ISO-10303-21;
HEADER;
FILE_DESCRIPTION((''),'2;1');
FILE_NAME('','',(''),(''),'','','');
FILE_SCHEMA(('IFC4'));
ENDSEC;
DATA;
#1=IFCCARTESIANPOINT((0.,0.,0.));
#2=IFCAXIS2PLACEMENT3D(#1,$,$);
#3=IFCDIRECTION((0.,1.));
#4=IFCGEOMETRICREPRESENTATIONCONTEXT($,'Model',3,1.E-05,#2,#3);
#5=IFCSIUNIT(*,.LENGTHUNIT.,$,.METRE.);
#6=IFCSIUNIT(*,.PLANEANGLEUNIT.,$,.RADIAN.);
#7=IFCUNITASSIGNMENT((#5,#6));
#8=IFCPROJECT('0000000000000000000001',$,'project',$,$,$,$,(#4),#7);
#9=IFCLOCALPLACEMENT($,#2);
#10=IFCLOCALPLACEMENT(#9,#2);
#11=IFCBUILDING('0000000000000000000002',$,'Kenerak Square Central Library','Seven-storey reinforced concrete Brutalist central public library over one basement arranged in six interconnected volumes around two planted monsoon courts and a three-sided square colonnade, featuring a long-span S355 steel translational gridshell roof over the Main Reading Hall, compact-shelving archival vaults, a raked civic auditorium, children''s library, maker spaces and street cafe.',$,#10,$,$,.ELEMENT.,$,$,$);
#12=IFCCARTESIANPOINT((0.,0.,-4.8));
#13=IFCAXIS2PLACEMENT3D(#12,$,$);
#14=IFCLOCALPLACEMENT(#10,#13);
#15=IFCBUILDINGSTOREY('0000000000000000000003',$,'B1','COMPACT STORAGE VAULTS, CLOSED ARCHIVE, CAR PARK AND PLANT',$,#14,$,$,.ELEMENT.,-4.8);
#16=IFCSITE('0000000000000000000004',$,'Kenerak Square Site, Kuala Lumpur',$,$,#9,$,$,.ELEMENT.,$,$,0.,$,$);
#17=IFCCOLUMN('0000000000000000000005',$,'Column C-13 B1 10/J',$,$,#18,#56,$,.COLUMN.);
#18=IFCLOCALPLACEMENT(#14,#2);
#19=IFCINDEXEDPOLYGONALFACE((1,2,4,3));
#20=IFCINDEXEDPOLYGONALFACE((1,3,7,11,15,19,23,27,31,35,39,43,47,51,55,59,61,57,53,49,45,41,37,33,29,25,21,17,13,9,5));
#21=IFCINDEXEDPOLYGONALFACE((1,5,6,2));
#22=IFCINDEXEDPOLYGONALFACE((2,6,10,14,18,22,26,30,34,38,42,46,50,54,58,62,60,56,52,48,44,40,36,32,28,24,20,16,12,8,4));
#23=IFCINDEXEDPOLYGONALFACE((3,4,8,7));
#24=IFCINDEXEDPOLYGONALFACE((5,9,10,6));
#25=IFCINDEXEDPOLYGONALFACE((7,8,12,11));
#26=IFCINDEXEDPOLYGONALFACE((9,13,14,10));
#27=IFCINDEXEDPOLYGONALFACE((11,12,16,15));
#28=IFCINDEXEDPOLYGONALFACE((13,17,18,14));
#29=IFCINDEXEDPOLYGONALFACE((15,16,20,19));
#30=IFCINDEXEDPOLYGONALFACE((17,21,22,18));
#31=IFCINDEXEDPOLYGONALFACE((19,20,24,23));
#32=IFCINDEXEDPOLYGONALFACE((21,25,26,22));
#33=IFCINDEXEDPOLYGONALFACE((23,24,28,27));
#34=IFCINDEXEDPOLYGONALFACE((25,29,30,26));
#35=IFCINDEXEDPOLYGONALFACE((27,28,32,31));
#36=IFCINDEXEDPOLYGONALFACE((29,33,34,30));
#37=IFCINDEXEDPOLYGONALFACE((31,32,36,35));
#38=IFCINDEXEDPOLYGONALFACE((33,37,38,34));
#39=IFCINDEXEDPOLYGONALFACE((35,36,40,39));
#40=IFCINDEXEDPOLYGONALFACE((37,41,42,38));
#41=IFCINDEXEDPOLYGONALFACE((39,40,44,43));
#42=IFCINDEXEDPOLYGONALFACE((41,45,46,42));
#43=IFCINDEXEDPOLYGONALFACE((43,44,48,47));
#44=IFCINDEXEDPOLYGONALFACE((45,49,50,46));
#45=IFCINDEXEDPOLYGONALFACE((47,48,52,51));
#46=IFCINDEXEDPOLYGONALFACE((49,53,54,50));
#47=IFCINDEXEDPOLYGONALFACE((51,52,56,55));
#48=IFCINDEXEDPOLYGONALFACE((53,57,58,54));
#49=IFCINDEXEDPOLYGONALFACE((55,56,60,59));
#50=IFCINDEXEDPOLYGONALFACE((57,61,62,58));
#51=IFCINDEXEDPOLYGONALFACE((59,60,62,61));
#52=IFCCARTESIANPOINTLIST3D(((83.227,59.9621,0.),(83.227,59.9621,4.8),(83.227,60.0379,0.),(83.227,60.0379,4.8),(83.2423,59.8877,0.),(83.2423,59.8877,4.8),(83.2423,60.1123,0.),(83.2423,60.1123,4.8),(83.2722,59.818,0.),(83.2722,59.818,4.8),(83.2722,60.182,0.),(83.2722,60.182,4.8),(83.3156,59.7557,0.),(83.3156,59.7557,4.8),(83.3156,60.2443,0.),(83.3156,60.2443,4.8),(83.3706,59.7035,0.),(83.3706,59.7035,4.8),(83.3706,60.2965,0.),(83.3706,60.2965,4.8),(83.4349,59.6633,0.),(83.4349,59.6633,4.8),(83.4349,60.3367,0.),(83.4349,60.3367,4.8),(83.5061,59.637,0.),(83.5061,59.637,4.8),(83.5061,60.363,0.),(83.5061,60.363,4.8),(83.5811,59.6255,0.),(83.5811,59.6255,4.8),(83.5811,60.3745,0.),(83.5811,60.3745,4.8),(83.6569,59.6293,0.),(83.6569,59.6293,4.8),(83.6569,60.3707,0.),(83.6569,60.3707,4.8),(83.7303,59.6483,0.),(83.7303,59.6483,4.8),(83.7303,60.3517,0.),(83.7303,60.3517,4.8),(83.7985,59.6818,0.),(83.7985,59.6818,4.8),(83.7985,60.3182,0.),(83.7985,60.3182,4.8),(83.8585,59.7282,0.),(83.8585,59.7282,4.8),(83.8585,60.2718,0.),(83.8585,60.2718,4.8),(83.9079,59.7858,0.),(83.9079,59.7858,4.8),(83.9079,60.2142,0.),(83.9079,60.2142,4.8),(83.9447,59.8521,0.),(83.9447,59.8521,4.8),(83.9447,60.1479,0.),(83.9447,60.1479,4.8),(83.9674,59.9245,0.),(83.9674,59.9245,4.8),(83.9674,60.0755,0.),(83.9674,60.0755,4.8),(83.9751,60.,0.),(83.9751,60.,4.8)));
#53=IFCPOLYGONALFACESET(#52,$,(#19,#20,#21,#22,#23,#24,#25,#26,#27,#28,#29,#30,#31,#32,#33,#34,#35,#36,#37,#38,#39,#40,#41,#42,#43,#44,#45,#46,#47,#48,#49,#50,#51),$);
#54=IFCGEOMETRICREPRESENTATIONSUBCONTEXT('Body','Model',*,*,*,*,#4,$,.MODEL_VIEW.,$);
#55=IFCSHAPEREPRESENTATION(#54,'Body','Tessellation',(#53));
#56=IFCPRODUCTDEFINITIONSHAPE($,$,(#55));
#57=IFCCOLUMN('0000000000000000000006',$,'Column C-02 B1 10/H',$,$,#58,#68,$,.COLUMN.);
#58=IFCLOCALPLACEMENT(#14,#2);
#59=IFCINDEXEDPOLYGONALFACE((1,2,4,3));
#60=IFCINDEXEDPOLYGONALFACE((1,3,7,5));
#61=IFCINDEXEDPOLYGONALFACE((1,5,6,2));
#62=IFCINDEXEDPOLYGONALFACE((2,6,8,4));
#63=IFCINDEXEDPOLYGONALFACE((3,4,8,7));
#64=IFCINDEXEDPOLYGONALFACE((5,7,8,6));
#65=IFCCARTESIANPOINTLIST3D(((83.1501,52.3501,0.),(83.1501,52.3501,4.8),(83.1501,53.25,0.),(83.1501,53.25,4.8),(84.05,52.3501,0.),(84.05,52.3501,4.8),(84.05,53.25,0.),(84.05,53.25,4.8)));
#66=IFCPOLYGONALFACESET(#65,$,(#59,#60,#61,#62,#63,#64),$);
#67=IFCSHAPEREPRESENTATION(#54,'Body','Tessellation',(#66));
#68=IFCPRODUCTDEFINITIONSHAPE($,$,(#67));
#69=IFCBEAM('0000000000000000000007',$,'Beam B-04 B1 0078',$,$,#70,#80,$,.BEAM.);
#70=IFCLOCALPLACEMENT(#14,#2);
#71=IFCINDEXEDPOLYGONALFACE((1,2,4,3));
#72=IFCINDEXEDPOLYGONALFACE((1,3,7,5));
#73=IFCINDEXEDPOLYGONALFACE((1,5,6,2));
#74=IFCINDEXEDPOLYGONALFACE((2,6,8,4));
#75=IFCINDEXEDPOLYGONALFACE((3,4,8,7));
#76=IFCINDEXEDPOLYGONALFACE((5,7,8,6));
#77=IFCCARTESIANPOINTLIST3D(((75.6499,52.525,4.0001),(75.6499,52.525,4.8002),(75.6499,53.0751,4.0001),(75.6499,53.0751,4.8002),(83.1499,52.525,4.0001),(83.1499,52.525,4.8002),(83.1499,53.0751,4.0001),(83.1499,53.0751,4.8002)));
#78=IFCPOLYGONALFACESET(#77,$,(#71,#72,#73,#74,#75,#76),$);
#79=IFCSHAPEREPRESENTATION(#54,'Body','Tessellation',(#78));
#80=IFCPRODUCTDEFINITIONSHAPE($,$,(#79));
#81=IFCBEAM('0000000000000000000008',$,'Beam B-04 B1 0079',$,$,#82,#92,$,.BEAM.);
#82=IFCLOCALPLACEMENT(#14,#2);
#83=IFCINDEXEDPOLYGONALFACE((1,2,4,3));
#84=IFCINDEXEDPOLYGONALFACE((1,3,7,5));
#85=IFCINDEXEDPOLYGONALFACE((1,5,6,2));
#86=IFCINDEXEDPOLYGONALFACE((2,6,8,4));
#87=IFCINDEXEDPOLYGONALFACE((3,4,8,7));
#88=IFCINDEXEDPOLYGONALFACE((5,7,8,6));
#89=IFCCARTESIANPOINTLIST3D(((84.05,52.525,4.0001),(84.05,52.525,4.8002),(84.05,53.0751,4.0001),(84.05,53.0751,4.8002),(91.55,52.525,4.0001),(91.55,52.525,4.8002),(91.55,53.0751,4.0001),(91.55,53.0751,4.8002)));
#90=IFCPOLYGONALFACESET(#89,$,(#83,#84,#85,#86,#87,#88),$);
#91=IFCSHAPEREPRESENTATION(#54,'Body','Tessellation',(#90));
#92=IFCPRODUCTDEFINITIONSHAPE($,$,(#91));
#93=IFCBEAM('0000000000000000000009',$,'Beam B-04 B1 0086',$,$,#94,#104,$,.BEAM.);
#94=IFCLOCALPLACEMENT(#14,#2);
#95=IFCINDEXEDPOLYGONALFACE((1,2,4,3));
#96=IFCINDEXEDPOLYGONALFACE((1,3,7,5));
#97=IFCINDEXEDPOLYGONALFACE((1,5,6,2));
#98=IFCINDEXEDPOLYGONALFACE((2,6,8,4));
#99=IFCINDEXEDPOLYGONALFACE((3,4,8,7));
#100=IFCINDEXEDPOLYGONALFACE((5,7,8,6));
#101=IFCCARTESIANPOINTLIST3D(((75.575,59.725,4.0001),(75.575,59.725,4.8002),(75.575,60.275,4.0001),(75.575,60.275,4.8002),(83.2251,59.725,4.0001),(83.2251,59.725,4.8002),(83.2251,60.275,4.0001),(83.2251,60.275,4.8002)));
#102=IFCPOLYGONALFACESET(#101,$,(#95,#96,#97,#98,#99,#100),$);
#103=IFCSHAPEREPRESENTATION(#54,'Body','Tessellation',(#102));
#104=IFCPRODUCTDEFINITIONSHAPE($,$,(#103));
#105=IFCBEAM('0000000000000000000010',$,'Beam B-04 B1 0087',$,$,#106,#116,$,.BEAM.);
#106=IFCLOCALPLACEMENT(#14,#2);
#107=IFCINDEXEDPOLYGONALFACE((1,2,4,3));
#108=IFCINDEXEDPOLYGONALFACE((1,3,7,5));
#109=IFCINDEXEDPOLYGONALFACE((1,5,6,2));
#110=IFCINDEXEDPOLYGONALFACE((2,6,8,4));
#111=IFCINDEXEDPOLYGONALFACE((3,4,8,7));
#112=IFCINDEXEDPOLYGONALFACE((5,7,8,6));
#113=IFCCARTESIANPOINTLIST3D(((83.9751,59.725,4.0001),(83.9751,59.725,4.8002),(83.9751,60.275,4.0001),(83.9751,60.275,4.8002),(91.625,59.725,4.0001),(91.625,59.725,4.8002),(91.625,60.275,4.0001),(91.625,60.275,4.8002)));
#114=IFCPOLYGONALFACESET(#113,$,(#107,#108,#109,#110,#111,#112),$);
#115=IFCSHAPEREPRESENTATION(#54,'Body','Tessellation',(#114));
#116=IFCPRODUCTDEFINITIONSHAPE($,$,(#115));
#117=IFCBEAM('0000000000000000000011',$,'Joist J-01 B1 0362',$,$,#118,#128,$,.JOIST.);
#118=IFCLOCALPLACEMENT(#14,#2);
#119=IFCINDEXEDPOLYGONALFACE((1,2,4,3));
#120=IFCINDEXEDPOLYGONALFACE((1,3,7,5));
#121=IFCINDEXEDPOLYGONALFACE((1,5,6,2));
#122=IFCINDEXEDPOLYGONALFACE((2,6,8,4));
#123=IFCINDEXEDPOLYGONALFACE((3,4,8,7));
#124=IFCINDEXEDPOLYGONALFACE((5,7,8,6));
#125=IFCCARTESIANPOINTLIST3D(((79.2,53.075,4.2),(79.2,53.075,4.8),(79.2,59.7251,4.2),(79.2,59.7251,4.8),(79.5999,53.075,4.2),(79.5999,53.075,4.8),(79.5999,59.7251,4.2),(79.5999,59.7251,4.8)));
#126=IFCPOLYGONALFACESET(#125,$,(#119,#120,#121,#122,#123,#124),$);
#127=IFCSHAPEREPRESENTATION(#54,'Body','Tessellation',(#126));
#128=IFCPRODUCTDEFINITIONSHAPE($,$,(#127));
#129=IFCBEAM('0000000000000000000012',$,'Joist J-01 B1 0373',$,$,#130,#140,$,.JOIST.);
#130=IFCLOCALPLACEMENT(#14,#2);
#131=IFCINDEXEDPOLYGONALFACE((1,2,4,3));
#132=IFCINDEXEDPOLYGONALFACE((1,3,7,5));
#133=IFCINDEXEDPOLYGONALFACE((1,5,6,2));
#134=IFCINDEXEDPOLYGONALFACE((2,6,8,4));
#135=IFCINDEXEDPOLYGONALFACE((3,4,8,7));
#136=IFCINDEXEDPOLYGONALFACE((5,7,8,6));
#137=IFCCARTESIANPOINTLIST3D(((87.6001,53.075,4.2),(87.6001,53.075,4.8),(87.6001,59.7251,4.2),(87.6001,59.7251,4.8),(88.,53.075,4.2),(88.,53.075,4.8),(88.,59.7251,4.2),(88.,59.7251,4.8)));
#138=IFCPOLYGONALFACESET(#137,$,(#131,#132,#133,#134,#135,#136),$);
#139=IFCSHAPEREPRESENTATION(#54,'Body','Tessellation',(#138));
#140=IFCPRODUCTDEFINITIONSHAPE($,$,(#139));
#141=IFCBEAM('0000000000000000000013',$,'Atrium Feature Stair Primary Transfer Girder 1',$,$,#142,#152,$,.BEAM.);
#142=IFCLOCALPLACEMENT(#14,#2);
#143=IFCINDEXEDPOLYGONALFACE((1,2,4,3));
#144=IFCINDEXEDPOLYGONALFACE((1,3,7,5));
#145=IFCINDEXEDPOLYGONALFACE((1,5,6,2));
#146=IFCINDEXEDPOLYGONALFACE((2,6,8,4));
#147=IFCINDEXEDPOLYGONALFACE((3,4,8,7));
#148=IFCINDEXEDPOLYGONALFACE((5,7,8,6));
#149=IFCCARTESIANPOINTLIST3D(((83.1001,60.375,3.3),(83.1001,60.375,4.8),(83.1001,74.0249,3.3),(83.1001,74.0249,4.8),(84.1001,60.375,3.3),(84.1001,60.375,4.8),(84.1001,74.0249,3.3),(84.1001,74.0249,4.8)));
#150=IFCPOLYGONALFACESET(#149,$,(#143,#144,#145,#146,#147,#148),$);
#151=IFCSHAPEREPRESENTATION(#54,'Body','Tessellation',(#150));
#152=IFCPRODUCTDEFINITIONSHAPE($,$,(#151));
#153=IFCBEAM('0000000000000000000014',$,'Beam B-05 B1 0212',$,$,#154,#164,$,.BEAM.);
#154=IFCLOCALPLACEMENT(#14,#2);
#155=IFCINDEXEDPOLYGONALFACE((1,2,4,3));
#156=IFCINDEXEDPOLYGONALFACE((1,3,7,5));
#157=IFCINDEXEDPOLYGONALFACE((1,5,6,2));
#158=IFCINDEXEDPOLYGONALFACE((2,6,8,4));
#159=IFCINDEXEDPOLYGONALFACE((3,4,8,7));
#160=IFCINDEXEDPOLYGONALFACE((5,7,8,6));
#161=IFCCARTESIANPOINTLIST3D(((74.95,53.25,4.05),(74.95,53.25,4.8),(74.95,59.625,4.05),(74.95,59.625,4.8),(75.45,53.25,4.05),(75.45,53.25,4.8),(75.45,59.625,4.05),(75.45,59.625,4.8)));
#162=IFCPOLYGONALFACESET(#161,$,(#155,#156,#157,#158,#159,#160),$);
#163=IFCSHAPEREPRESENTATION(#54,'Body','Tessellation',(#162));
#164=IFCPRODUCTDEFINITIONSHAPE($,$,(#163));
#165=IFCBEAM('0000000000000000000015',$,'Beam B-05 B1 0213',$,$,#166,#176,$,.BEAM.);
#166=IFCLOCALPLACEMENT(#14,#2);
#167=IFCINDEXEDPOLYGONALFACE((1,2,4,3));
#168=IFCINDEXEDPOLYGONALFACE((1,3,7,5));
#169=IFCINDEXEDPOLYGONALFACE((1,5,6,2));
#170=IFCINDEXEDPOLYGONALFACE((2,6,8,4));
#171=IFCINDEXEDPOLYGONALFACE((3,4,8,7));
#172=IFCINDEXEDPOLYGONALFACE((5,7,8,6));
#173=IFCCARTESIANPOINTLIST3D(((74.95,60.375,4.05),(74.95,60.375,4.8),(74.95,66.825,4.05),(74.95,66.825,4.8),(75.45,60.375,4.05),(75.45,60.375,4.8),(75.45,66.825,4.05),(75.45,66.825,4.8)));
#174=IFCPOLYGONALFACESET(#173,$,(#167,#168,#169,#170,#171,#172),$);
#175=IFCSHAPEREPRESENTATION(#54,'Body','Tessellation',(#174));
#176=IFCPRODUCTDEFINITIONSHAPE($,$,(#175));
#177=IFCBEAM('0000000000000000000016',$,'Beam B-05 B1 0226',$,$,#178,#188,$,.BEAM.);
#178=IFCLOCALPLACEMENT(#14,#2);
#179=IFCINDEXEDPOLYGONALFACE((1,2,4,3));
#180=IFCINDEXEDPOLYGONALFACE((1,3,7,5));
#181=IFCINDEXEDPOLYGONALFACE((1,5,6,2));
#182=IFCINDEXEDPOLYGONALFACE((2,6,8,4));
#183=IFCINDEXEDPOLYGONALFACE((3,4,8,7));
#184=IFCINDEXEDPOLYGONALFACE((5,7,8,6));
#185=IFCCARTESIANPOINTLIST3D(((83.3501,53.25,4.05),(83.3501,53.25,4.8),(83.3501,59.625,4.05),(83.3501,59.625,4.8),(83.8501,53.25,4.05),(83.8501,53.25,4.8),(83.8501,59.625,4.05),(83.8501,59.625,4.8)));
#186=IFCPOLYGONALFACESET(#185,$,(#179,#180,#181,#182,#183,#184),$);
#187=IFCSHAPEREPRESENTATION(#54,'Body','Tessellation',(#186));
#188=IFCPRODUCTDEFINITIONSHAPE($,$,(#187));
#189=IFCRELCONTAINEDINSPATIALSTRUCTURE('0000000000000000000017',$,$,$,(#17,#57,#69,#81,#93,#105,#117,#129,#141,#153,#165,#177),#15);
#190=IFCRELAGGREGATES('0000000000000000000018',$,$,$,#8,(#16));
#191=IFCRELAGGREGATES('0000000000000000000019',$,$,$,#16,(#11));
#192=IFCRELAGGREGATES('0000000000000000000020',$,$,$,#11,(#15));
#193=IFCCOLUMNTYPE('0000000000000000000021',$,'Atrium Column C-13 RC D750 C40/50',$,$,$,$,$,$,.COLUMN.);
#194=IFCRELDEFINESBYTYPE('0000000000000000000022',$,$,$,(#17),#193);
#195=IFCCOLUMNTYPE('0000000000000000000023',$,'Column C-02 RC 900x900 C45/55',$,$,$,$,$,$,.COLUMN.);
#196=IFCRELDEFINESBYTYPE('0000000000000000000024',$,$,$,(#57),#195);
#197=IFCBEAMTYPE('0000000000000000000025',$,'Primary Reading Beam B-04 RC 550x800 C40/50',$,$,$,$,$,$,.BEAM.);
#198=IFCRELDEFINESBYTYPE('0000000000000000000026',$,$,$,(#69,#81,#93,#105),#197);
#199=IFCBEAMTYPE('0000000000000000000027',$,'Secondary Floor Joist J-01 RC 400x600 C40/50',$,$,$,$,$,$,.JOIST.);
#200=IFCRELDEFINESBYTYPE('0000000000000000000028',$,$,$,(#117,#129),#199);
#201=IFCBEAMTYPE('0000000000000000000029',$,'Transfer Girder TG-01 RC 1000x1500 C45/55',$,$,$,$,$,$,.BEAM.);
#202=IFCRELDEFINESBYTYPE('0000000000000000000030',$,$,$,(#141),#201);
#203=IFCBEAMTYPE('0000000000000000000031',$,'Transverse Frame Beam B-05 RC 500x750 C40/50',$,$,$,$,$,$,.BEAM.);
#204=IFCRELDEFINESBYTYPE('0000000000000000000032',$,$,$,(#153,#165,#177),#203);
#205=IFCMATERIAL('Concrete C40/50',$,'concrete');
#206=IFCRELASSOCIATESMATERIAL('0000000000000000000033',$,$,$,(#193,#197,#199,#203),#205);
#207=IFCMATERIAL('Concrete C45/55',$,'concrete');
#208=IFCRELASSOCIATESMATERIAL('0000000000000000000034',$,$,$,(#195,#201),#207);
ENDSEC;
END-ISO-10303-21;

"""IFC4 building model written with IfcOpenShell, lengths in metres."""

from ifc_helpers import new_model, si_unit, direction, frame, origin, origin_2d, place, context, subcontext, project, spatial, rectangle, circle, extrude, material, material_profile, profile_set, type_object, element, save


model = new_model("IFC4")

# Units and contexts
model_context = context("Model", 3, precision=1e-05, world=origin(), true_north=direction((0.0, 1.0)))
body_context = subcontext(model_context, "Body", "Model", "MODEL_VIEW")
ifc_project = project(units=[si_unit("LENGTHUNIT", "METRE"), si_unit("PLANEANGLEUNIT", "RADIAN")], contexts=[model_context])

# Site, building, storey
site_placement = place(None, origin())
site = spatial("IfcSite", under=ifc_project, at=site_placement, Name="Kenerak Square Site, Kuala Lumpur", CompositionType="ELEMENT", RefElevation=0.0)
building_placement = place(site_placement, origin())
building = spatial("IfcBuilding", under=site, at=building_placement, Name="Kenerak Square Central Library", Description="Seven-storey reinforced concrete Brutalist central public library over one basement arranged in six interconnected volumes around two planted monsoon courts and a three-sided square colonnade, featuring a long-span S355 steel translational gridshell roof over the Main Reading Hall, compact-shelving archival vaults, a raked civic auditorium, children's library, maker spaces and street cafe.", CompositionType="ELEMENT")
storey_placement = place(building_placement, frame((0.0, 0.0, -4.8)))
storey = spatial("IfcBuildingStorey", under=building, at=storey_placement, Name="B1", Description="COMPACT STORAGE VAULTS, CLOSED ARCHIVE, CAR PARK AND PLANT", CompositionType="ELEMENT", Elevation=-4.8)

# Shared definitions
ifc_material_1 = material(Name="Concrete C40/50", Category="concrete")

# Columns
ifc_material_profile_1 = material_profile(ifc_material_1, circle(Radius=0.375, at=origin_2d()), Name="RC D750")
ifc_profile_set_1 = profile_set([ifc_material_profile_1], Name="Concrete C40/50")
column_type_1 = type_object("IfcColumnType", Name="Atrium Column C-13 RC D750 C40/50", PredefinedType="COLUMN", material=ifc_profile_set_1)
for number, where, z_axis, x_axis, name in (
    (1, (83.6001, 60.0, 0.0), (0.0, 0.0, 1.0), (1.0, 0.0, 0.0), "Column C-13 B1 10/J"),
):
    element("IfcColumn", number, at=place(storey_placement, frame(where, z_axis=z_axis, x_axis=x_axis)), inside=storey, type_object=column_type_1, Name=name, PredefinedType="COLUMN", context=body_context, shape_type="SweptSolid", body=[
        extrude(circle(Radius=0.375, at=origin_2d()), origin(), (0.0, 0.0, 1.0), 4.8),
    ])
ifc_material_2 = material(Name="Concrete C45/55", Category="concrete")
ifc_material_profile_2 = material_profile(ifc_material_2, rectangle(XDim=0.8999, YDim=0.8999, at=origin_2d()), Name="RC 900x900")
ifc_profile_set_2 = profile_set([ifc_material_profile_2], Name="Concrete C45/55")
column_type_2 = type_object("IfcColumnType", Name="Column C-02 RC 900x900 C45/55", PredefinedType="COLUMN", material=ifc_profile_set_2)
column_placement = place(storey_placement, frame((83.6001, 52.8, 0.0), z_axis=(0.0, 0.0, 1.0), x_axis=(1.0, 0.0, 0.0)))
element("IfcColumn", 2, at=column_placement, inside=storey, type_object=column_type_2, Name="Column C-02 B1 10/H", PredefinedType="COLUMN", context=body_context, shape_type="SweptSolid", body=[
    extrude(rectangle(XDim=0.8999, YDim=0.8999, at=origin_2d()), origin(), (0.0, 0.0, 1.0), 4.8),
])

# Beams
ifc_material_profile_3 = material_profile(ifc_material_1, rectangle(XDim=0.55, YDim=0.8, at=origin_2d()), Name="RC 550x800")
ifc_profile_set_3 = profile_set([ifc_material_profile_3], Name="Concrete C40/50")
beam_type_1 = type_object("IfcBeamType", Name="Primary Reading Beam B-04 RC 550x800 C40/50", PredefinedType="BEAM", material=ifc_profile_set_3)
for number, where, z_axis, x_axis, name in (
    (3, (75.6499, 52.8, 4.4001), (1.0, 0.0, 0.0), (0.0, 1.0, 0.0), "Beam B-04 B1 0078"),
    (4, (84.05, 52.8, 4.4001), (1.0, 0.0, 0.0), (0.0, 1.0, 0.0), "Beam B-04 B1 0079"),
):
    element("IfcBeam", number, at=place(storey_placement, frame(where, z_axis=z_axis, x_axis=x_axis)), inside=storey, type_object=beam_type_1, Name=name, PredefinedType="BEAM", context=body_context, shape_type="SweptSolid", body=[
        extrude(rectangle(XDim=0.55, YDim=0.8, at=origin_2d()), origin(), (0.0, 0.0, 1.0), 7.5),
    ])
beam_1_placement = place(storey_placement, frame((75.575, 60.0, 4.4001), z_axis=(1.0, 0.0, 0.0), x_axis=(0.0, 1.0, 0.0)))
element("IfcBeam", 5, at=beam_1_placement, inside=storey, type_object=beam_type_1, Name="Beam B-04 B1 0086", PredefinedType="BEAM", context=body_context, shape_type="SweptSolid", body=[
    extrude(rectangle(XDim=0.55, YDim=0.8, at=origin_2d()), origin(), (0.0, 0.0, 1.0), 7.6501),
])
beam_2_placement = place(storey_placement, frame((83.9751, 60.0, 4.4001), z_axis=(1.0, 0.0, 0.0), x_axis=(0.0, 1.0, 0.0)))
element("IfcBeam", 6, at=beam_2_placement, inside=storey, type_object=beam_type_1, Name="Beam B-04 B1 0087", PredefinedType="BEAM", context=body_context, shape_type="SweptSolid", body=[
    extrude(rectangle(XDim=0.55, YDim=0.8, at=origin_2d()), origin(), (0.0, 0.0, 1.0), 7.6499),
])
ifc_material_profile_4 = material_profile(ifc_material_1, rectangle(XDim=0.3999, YDim=0.6001, at=origin_2d()), Name="RC 400x600")
ifc_profile_set_4 = profile_set([ifc_material_profile_4], Name="Concrete C40/50")
beam_type_2 = type_object("IfcBeamType", Name="Secondary Floor Joist J-01 RC 400x600 C40/50", PredefinedType="JOIST", material=ifc_profile_set_4)
for number, where, z_axis, x_axis, name in (
    (7, (79.3999, 53.075, 4.5), (0.0, 1.0, 0.0), (-1.0, 0.0, 0.0), "Joist J-01 B1 0362"),
    (8, (87.8, 53.075, 4.5), (0.0, 1.0, 0.0), (-1.0, 0.0, 0.0), "Joist J-01 B1 0373"),
):
    element("IfcBeam", number, at=place(storey_placement, frame(where, z_axis=z_axis, x_axis=x_axis)), inside=storey, type_object=beam_type_2, Name=name, PredefinedType="JOIST", context=body_context, shape_type="SweptSolid", body=[
        extrude(rectangle(XDim=0.3999, YDim=0.6001, at=origin_2d()), origin(), (0.0, 0.0, 1.0), 6.6501),
    ])
ifc_material_profile_5 = material_profile(ifc_material_2, rectangle(XDim=1.0, YDim=1.5, at=origin_2d()), Name="RC 1000x1500")
ifc_profile_set_5 = profile_set([ifc_material_profile_5], Name="Concrete C45/55")
beam_type_3 = type_object("IfcBeamType", Name="Transfer Girder TG-01 RC 1000x1500 C45/55", PredefinedType="BEAM", material=ifc_profile_set_5)
beam_3_placement = place(storey_placement, frame((83.6001, 60.375, 4.05), z_axis=(0.0, 1.0, 0.0), x_axis=(-1.0, 0.0, 0.0)))
element("IfcBeam", 9, at=beam_3_placement, inside=storey, type_object=beam_type_3, Name="Atrium Feature Stair Primary Transfer Girder 1", PredefinedType="BEAM", context=body_context, shape_type="SweptSolid", body=[
    extrude(rectangle(XDim=1.0, YDim=1.5, at=origin_2d()), origin(), (0.0, 0.0, 1.0), 13.6499),
])
ifc_material_profile_6 = material_profile(ifc_material_1, rectangle(XDim=0.5, YDim=0.75, at=origin_2d()), Name="RC 500x750")
ifc_profile_set_6 = profile_set([ifc_material_profile_6], Name="Concrete C40/50")
beam_type_4 = type_object("IfcBeamType", Name="Transverse Frame Beam B-05 RC 500x750 C40/50", PredefinedType="BEAM", material=ifc_profile_set_6)
beam_4_placement = place(storey_placement, frame((75.2, 53.25, 4.425), z_axis=(0.0, 1.0, 0.0), x_axis=(-1.0, 0.0, 0.0)))
element("IfcBeam", 10, at=beam_4_placement, inside=storey, type_object=beam_type_4, Name="Beam B-05 B1 0212", PredefinedType="BEAM", context=body_context, shape_type="SweptSolid", body=[
    extrude(rectangle(XDim=0.5, YDim=0.75, at=origin_2d()), origin(), (0.0, 0.0, 1.0), 6.375),
])
beam_5_placement = place(storey_placement, frame((75.2, 60.375, 4.425), z_axis=(0.0, 1.0, 0.0), x_axis=(-1.0, 0.0, 0.0)))
element("IfcBeam", 11, at=beam_5_placement, inside=storey, type_object=beam_type_4, Name="Beam B-05 B1 0213", PredefinedType="BEAM", context=body_context, shape_type="SweptSolid", body=[
    extrude(rectangle(XDim=0.5, YDim=0.75, at=origin_2d()), origin(), (0.0, 0.0, 1.0), 6.45),
])
beam_6_placement = place(storey_placement, frame((83.6001, 53.25, 4.425), z_axis=(0.0, 1.0, 0.0), x_axis=(-1.0, 0.0, 0.0)))
element("IfcBeam", 12, at=beam_6_placement, inside=storey, type_object=beam_type_4, Name="Beam B-05 B1 0226", PredefinedType="BEAM", context=body_context, shape_type="SweptSolid", body=[
    extrude(rectangle(XDim=0.5, YDim=0.75, at=origin_2d()), origin(), (0.0, 0.0, 1.0), 6.375),
])

save(model, "model.ifc")
